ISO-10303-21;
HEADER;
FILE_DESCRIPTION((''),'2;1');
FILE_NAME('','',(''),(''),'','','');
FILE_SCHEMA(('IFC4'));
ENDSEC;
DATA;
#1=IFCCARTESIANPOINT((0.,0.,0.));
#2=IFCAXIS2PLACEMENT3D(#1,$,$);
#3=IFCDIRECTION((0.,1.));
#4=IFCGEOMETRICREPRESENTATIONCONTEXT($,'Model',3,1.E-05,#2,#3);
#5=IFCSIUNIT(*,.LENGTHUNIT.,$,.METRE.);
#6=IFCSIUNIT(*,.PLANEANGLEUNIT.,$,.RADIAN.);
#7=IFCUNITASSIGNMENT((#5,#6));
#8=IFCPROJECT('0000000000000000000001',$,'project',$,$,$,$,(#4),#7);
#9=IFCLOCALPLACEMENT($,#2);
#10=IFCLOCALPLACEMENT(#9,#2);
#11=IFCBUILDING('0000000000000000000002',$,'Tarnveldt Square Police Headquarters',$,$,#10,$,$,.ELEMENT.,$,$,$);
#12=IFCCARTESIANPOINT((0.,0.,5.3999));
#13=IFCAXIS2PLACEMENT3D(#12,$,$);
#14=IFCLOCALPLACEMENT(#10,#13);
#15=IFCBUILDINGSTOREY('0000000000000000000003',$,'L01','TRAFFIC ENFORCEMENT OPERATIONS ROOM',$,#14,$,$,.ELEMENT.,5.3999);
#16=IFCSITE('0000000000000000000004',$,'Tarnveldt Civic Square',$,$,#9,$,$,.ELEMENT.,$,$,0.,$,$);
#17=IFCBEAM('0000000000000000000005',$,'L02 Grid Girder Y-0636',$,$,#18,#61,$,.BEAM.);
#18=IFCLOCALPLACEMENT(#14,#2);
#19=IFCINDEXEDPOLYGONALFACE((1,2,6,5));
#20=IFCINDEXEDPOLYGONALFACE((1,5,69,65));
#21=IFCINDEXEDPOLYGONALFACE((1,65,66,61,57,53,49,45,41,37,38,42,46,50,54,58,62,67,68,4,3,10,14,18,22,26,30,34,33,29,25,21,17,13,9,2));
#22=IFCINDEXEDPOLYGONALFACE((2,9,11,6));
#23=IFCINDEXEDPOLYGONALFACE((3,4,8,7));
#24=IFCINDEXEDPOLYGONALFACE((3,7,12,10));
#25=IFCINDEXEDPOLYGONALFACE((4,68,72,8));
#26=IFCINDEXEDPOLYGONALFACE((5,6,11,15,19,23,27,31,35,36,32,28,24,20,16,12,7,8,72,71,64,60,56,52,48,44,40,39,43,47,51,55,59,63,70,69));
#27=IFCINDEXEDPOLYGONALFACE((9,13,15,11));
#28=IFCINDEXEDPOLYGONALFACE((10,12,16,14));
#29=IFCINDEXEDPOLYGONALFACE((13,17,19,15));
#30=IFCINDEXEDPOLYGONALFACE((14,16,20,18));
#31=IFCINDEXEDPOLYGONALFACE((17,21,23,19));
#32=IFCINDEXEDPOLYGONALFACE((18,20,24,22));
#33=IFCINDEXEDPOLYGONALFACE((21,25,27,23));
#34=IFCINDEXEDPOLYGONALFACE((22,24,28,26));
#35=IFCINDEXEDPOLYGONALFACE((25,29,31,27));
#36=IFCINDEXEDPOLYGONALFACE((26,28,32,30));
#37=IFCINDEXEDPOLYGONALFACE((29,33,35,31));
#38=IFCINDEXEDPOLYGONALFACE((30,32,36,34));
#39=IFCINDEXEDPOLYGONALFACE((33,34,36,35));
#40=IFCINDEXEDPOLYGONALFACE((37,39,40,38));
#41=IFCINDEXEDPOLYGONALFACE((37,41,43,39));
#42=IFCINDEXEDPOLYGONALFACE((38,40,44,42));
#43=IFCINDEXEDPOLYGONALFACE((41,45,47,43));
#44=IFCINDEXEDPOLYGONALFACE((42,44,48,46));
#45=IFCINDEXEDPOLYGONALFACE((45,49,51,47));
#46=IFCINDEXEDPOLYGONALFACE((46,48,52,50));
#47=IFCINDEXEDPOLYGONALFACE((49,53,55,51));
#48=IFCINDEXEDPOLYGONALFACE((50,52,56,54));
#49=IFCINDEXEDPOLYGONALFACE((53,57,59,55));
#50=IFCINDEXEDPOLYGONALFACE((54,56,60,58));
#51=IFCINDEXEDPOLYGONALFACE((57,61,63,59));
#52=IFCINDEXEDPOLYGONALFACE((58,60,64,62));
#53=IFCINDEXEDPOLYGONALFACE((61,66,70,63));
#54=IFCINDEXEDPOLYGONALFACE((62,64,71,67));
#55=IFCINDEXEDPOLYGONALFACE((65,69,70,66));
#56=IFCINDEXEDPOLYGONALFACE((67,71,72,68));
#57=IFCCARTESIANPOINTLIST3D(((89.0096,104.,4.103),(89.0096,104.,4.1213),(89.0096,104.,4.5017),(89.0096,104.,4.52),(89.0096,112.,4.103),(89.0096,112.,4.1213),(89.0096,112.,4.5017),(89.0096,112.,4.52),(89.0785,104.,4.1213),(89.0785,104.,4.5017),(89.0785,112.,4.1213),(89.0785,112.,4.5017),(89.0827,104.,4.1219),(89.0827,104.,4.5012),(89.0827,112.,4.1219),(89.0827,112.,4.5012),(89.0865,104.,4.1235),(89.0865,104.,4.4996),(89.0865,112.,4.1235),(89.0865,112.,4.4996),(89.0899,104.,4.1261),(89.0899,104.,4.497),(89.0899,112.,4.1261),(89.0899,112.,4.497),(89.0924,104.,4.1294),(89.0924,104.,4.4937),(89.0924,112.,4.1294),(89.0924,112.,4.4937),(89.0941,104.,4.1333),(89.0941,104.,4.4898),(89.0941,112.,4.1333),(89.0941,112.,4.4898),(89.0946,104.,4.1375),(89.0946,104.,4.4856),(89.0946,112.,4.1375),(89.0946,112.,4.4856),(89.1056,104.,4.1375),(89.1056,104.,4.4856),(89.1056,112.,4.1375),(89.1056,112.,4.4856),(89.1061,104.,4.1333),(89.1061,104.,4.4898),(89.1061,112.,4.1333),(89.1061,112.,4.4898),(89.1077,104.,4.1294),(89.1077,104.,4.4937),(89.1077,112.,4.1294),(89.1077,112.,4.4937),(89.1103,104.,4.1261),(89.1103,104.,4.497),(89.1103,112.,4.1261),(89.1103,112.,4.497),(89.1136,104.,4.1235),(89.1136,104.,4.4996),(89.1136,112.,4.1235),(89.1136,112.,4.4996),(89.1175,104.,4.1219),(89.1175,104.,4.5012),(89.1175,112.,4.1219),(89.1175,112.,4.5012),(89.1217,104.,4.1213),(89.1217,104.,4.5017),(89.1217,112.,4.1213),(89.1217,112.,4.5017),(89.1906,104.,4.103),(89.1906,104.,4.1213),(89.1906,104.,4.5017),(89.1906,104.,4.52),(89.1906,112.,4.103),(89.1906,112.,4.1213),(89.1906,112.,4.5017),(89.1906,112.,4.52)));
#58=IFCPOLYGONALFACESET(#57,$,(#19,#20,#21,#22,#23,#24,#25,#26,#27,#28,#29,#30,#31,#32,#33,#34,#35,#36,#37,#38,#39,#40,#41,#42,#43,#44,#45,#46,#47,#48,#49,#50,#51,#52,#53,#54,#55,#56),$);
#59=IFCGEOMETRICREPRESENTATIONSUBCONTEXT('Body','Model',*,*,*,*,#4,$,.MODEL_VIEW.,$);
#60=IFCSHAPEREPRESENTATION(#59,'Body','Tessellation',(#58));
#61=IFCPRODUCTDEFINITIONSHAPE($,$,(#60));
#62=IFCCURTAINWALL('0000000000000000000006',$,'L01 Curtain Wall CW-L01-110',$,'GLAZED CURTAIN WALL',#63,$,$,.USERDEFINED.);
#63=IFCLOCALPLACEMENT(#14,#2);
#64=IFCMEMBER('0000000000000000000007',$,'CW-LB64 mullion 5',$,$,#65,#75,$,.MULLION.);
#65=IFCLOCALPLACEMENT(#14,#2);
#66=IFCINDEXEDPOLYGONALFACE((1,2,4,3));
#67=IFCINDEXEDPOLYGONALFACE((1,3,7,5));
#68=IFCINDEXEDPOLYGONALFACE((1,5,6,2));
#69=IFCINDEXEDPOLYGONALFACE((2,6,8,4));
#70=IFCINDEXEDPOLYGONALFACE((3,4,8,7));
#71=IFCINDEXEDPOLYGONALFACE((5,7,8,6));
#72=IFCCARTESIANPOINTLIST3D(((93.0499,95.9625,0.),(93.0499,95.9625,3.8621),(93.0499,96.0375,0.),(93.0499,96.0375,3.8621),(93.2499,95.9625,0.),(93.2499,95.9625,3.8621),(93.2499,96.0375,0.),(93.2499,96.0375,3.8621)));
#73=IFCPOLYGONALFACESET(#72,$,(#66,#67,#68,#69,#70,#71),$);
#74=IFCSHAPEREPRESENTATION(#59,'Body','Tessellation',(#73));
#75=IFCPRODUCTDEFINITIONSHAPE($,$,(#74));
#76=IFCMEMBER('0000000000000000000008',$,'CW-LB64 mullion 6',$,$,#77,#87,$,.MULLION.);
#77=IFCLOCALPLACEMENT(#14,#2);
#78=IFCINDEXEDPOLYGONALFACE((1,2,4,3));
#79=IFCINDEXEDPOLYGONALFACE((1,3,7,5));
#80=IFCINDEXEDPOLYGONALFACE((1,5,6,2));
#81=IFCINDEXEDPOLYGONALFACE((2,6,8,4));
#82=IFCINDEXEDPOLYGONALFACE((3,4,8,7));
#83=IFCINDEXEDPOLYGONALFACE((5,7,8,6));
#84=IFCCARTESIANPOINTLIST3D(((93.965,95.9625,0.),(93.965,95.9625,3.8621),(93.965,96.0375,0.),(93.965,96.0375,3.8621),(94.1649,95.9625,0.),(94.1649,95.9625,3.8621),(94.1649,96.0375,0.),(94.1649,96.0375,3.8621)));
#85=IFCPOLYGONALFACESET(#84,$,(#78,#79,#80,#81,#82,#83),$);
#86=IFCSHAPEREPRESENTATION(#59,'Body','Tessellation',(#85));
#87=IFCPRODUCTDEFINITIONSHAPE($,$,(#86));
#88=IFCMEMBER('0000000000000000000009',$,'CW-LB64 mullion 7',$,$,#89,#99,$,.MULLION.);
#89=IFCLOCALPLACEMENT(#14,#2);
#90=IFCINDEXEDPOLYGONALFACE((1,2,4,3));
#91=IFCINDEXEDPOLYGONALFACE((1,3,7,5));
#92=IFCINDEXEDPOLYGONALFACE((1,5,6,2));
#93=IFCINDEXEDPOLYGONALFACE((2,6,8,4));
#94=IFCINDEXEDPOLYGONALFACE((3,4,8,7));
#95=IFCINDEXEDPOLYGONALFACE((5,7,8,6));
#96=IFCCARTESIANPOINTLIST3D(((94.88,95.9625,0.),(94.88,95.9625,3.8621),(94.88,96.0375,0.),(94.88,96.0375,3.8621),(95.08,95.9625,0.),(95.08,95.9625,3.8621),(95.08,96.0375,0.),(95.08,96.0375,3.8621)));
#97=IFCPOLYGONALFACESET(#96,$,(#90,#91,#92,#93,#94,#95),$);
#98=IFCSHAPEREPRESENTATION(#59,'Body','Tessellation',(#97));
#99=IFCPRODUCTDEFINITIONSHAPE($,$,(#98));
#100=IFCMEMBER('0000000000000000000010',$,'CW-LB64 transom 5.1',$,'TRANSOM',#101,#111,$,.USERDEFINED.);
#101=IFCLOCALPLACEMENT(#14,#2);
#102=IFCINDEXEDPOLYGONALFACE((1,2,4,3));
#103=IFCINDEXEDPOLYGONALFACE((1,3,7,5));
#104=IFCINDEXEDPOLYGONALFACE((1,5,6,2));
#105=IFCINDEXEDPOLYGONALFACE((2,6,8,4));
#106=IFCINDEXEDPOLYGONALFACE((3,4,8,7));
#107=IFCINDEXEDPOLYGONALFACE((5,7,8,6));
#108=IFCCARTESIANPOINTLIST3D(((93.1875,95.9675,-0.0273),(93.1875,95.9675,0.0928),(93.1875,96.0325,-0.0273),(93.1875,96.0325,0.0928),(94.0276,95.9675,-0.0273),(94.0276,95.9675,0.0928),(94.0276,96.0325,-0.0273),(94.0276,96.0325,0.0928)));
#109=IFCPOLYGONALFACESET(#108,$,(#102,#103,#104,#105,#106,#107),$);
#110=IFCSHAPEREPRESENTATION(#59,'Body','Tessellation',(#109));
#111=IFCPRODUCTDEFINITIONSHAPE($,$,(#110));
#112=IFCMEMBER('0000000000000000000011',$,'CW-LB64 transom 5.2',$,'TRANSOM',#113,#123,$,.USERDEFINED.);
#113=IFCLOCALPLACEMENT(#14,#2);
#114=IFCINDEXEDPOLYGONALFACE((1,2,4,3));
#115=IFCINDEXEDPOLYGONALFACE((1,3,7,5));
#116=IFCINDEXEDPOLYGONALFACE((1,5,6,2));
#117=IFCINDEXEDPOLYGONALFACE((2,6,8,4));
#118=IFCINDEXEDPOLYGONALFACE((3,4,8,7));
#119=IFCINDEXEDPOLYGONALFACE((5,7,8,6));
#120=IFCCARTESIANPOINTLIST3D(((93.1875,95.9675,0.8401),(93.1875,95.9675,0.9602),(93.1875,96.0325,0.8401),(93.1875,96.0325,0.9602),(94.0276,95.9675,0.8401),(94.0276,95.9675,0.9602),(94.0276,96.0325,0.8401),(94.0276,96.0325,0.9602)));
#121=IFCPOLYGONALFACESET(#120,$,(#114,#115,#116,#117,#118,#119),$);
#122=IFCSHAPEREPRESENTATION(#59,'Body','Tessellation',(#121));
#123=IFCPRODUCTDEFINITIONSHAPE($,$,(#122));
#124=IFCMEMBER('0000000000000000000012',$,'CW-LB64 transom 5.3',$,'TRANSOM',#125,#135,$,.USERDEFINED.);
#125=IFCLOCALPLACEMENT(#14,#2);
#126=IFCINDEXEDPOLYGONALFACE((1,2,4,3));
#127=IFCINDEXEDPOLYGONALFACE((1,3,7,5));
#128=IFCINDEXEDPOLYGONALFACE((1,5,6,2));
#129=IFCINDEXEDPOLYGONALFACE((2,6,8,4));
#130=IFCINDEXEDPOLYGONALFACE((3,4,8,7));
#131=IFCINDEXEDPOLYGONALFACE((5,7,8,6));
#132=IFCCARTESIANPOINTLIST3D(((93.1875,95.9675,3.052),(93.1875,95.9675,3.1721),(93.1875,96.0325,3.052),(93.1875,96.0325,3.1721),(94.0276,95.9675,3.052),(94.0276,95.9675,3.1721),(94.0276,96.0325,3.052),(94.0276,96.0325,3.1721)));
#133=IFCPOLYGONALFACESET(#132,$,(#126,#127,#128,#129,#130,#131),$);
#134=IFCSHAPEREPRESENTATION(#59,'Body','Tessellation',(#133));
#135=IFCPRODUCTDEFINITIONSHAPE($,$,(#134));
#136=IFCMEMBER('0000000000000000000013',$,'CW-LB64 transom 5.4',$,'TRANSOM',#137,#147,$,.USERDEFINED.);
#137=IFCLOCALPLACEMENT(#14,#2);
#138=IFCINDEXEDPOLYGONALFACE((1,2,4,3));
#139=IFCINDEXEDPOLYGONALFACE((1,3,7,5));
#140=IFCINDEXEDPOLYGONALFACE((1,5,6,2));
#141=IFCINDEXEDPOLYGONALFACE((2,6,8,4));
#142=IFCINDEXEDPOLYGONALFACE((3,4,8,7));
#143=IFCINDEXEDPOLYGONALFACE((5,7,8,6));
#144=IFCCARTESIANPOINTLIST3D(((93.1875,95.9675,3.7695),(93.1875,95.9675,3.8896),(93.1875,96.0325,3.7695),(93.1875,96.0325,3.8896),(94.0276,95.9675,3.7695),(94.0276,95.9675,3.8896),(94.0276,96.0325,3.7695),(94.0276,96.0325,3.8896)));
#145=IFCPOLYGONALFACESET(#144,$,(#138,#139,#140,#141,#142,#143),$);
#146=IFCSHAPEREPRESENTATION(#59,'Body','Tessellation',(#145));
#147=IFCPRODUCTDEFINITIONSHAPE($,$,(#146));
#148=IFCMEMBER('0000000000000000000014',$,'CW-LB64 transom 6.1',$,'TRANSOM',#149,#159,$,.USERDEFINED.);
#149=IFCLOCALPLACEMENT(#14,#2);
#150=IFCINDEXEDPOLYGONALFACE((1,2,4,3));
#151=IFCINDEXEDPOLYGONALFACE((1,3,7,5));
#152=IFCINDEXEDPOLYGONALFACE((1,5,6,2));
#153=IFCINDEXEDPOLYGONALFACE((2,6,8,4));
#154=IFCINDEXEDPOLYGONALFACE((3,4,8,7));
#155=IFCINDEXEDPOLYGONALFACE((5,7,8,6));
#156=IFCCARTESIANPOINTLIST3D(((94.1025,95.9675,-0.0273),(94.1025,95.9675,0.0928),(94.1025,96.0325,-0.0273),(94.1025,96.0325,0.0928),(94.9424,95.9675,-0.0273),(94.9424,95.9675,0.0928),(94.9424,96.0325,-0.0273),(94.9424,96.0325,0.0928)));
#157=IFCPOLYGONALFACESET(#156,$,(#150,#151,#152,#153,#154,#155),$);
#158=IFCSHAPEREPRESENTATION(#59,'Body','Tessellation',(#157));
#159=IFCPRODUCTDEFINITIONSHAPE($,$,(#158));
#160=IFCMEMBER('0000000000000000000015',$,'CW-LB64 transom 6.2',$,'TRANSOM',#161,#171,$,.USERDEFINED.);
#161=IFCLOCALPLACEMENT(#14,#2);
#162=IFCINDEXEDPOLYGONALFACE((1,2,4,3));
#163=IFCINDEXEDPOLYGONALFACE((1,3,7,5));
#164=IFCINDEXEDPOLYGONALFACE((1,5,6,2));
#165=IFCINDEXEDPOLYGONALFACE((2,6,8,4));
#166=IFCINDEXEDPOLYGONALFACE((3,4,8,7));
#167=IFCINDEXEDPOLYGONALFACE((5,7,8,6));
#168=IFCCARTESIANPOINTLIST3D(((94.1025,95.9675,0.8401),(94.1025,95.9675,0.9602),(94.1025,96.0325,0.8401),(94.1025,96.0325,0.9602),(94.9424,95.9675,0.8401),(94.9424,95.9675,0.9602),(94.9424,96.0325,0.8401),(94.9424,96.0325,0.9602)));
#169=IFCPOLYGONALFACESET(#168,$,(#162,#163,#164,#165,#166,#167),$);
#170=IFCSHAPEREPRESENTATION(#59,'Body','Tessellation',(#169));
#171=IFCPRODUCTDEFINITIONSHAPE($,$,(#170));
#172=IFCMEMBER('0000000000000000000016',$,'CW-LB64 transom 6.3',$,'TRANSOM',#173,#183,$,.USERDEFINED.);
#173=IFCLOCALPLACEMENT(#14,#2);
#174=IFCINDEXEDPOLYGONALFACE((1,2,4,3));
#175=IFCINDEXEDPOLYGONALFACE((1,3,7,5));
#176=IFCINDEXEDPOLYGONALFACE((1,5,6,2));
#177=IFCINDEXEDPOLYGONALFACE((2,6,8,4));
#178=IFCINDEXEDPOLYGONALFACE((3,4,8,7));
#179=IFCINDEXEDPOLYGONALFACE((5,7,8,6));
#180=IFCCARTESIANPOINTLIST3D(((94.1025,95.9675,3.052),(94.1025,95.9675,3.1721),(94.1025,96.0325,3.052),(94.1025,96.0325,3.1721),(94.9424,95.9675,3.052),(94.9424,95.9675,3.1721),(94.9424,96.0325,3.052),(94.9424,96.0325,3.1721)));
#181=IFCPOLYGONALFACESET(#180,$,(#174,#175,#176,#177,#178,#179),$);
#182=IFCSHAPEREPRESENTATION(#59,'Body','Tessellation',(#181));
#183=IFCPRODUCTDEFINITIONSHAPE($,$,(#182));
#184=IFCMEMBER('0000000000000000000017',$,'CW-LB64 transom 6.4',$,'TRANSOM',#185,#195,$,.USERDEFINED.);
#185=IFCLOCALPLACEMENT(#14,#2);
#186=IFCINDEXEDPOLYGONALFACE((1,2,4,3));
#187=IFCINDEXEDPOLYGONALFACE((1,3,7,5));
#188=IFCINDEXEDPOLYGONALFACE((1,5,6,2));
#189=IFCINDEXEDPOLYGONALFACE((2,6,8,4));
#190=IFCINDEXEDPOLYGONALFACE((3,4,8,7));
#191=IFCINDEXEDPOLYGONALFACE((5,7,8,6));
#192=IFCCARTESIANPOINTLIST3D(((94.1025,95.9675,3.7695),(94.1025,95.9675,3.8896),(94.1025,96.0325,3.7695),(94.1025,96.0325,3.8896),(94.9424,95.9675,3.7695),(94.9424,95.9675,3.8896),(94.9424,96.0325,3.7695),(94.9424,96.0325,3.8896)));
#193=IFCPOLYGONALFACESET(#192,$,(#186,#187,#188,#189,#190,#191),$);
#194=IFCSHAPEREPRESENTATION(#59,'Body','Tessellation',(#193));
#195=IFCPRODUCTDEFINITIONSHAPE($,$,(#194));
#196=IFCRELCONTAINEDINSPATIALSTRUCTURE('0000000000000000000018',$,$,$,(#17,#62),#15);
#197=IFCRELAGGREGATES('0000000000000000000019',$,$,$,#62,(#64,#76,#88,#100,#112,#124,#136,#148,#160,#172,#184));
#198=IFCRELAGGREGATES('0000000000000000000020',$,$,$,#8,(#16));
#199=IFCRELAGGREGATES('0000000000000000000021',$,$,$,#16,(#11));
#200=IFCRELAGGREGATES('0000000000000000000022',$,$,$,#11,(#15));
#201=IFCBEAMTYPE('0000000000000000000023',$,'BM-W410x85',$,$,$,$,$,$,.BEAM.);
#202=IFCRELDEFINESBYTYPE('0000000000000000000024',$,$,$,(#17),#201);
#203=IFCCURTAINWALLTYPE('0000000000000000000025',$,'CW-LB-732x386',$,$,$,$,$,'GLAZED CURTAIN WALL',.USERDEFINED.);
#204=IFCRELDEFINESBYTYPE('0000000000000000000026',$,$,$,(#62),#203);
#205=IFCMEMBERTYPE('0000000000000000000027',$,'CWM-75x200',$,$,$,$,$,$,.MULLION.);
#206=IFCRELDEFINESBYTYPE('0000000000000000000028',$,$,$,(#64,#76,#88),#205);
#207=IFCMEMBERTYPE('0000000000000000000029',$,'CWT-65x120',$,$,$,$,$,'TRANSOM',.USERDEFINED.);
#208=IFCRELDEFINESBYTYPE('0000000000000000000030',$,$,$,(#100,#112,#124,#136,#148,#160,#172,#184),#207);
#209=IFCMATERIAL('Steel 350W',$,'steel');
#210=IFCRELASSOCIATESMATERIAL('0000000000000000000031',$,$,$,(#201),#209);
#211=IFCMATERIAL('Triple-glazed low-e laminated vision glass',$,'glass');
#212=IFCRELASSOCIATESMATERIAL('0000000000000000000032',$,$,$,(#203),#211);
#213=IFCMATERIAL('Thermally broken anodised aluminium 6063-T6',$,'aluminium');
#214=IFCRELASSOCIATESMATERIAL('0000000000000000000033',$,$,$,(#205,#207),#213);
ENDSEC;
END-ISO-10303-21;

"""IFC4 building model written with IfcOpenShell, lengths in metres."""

from ifc_helpers import new_model, si_unit, direction, frame, origin, origin_2d, place, context, subcontext, project, spatial, rectangle, i_section, extrude, material, material_profile, profile_set, type_object, element, aggregate, save


model = new_model("IFC4")

# Units and contexts
model_context = context("Model", 3, precision=1e-05, world=origin(), true_north=direction((0.0, 1.0)))
body_context = subcontext(model_context, "Body", "Model", "MODEL_VIEW")
ifc_project = project(units=[si_unit("LENGTHUNIT", "METRE"), si_unit("PLANEANGLEUNIT", "RADIAN")], contexts=[model_context])

# Site, building, storey
site_placement = place(None, origin())
site = spatial("IfcSite", under=ifc_project, at=site_placement, Name="Tarnveldt Civic Square", CompositionType="ELEMENT", RefElevation=0.0)
building_placement = place(site_placement, origin())
building = spatial("IfcBuilding", under=site, at=building_placement, Name="Tarnveldt Square Police Headquarters", CompositionType="ELEMENT")
storey_placement = place(building_placement, frame((0.0, 0.0, 5.3999)))
storey = spatial("IfcBuildingStorey", under=building, at=storey_placement, Name="L01", Description="TRAFFIC ENFORCEMENT OPERATIONS ROOM", CompositionType="ELEMENT", Elevation=5.3999)

# Beam
ifc_material_1 = material(Name="Steel 350W", Category="steel")
ifc_material_profile_1 = material_profile(ifc_material_1, i_section(OverallWidth=0.1809, OverallDepth=0.417, WebThickness=0.011, FlangeThickness=0.0183, FilletRadius=0.0161, at=origin_2d()), Name="W410x85")
ifc_profile_set_1 = profile_set([ifc_material_profile_1], Name="Steel 350W")
beam_type_1 = type_object("IfcBeamType", Name="BM-W410x85", PredefinedType="BEAM", material=ifc_profile_set_1)
beam_1_placement = place(storey_placement, frame((89.1001, 104.0, 4.3115), z_axis=(0.0, 1.0, 0.0), x_axis=(-1.0, 0.0, 0.0)))
element("IfcBeam", 1, at=beam_1_placement, inside=storey, type_object=beam_type_1, Name="L02 Grid Girder Y-0636", PredefinedType="BEAM", context=body_context, shape_type="SweptSolid", body=[
    extrude(i_section(OverallWidth=0.1809, OverallDepth=0.417, WebThickness=0.011, FlangeThickness=0.0183, FilletRadius=0.0161, at=origin_2d()), origin(), (0.0, 0.0, 1.0), 8.0),
])

# Curtain wall, members
ifc_material_2 = material(Name="Triple-glazed low-e laminated vision glass", Category="glass")
curtain_wall_type = type_object("IfcCurtainWallType", Name="CW-LB-732x386", ElementType="GLAZED CURTAIN WALL", PredefinedType="USERDEFINED", material=ifc_material_2)
curtain_wall_placement = place(storey_placement, origin())
curtain_wall = element("IfcCurtainWall", 2, at=curtain_wall_placement, inside=storey, type_object=curtain_wall_type, Name="L01 Curtain Wall CW-L01-110", ObjectType="GLAZED CURTAIN WALL", PredefinedType="USERDEFINED")
ifc_material_3 = material(Name="Thermally broken anodised aluminium 6063-T6", Category="aluminium")
ifc_material_profile_2 = material_profile(ifc_material_3, rectangle(XDim=0.075, YDim=0.2, at=origin_2d()), Name="CW-M75x200")
ifc_profile_set_2 = profile_set([ifc_material_profile_2], Name="Thermally broken anodised aluminium 6063-T6")
member_type_1 = type_object("IfcMemberType", Name="CWM-75x200", PredefinedType="MULLION", material=ifc_profile_set_2)
member_1_placement = place(storey_placement, frame((93.1499, 96.0, 0.0), z_axis=(0.0, 0.0, 1.0), x_axis=(0.0, 1.0, 0.0)))
member_1 = element("IfcMember", 3, at=member_1_placement, type_object=member_type_1, Name="CW-LB64 mullion 5", PredefinedType="MULLION", context=body_context, shape_type="SweptSolid", body=[
    extrude(rectangle(XDim=0.075, YDim=0.2, at=origin_2d()), origin(), (0.0, 0.0, 1.0), 3.8621),
])
member_2_placement = place(storey_placement, frame((94.0649, 96.0, 0.0), z_axis=(0.0, 0.0, 1.0), x_axis=(0.0, 1.0, 0.0)))
member_2 = element("IfcMember", 4, at=member_2_placement, type_object=member_type_1, Name="CW-LB64 mullion 6", PredefinedType="MULLION", context=body_context, shape_type="SweptSolid", body=[
    extrude(rectangle(XDim=0.075, YDim=0.2, at=origin_2d()), origin(), (0.0, 0.0, 1.0), 3.8621),
])
member_3_placement = place(storey_placement, frame((94.98, 96.0, 0.0), z_axis=(0.0, 0.0, 1.0), x_axis=(0.0, 1.0, 0.0)))
member_3 = element("IfcMember", 5, at=member_3_placement, type_object=member_type_1, Name="CW-LB64 mullion 7", PredefinedType="MULLION", context=body_context, shape_type="SweptSolid", body=[
    extrude(rectangle(XDim=0.075, YDim=0.2, at=origin_2d()), origin(), (0.0, 0.0, 1.0), 3.8621),
])
ifc_material_profile_3 = material_profile(ifc_material_3, rectangle(XDim=0.0649, YDim=0.1201, at=origin_2d()), Name="CW-T65x120")
ifc_profile_set_3 = profile_set([ifc_material_profile_3], Name="Thermally broken anodised aluminium 6063-T6")
member_type_2 = type_object("IfcMemberType", Name="CWT-65x120", ElementType="TRANSOM", PredefinedType="USERDEFINED", material=ifc_profile_set_3)
member_4_placement = place(storey_placement, frame((93.1875, 96.0, 0.0327), z_axis=(1.0, 0.0, 0.0), x_axis=(0.0, 1.0, 0.0)))
member_4 = element("IfcMember", 6, at=member_4_placement, type_object=member_type_2, Name="CW-LB64 transom 5.1", ObjectType="TRANSOM", PredefinedType="USERDEFINED", context=body_context, shape_type="SweptSolid", body=[
    extrude(rectangle(XDim=0.0649, YDim=0.1201, at=origin_2d()), origin(), (0.0, 0.0, 1.0), 0.8401),
])
member_5_placement = place(storey_placement, frame((93.1875, 96.0, 0.9001), z_axis=(1.0, 0.0, 0.0), x_axis=(0.0, 1.0, 0.0)))
member_5 = element("IfcMember", 7, at=member_5_placement, type_object=member_type_2, Name="CW-LB64 transom 5.2", ObjectType="TRANSOM", PredefinedType="USERDEFINED", context=body_context, shape_type="SweptSolid", body=[
    extrude(rectangle(XDim=0.0649, YDim=0.1201, at=origin_2d()), origin(), (0.0, 0.0, 1.0), 0.8401),
])
member_6_placement = place(storey_placement, frame((93.1875, 96.0, 3.1121), z_axis=(1.0, 0.0, 0.0), x_axis=(0.0, 1.0, 0.0)))
member_6 = element("IfcMember", 8, at=member_6_placement, type_object=member_type_2, Name="CW-LB64 transom 5.3", ObjectType="TRANSOM", PredefinedType="USERDEFINED", context=body_context, shape_type="SweptSolid", body=[
    extrude(rectangle(XDim=0.0649, YDim=0.1201, at=origin_2d()), origin(), (0.0, 0.0, 1.0), 0.8401),
])
member_7_placement = place(storey_placement, frame((93.1875, 96.0, 3.8296), z_axis=(1.0, 0.0, 0.0), x_axis=(0.0, 1.0, 0.0)))
member_7 = element("IfcMember", 9, at=member_7_placement, type_object=member_type_2, Name="CW-LB64 transom 5.4", ObjectType="TRANSOM", PredefinedType="USERDEFINED", context=body_context, shape_type="SweptSolid", body=[
    extrude(rectangle(XDim=0.0649, YDim=0.1201, at=origin_2d()), origin(), (0.0, 0.0, 1.0), 0.8401),
])
member_8_placement = place(storey_placement, frame((94.1025, 96.0, 0.0327), z_axis=(1.0, 0.0, 0.0), x_axis=(0.0, 1.0, 0.0)))
member_8 = element("IfcMember", 10, at=member_8_placement, type_object=member_type_2, Name="CW-LB64 transom 6.1", ObjectType="TRANSOM", PredefinedType="USERDEFINED", context=body_context, shape_type="SweptSolid", body=[
    extrude(rectangle(XDim=0.0649, YDim=0.1201, at=origin_2d()), origin(), (0.0, 0.0, 1.0), 0.8398),
])
member_9_placement = place(storey_placement, frame((94.1025, 96.0, 0.9001), z_axis=(1.0, 0.0, 0.0), x_axis=(0.0, 1.0, 0.0)))
member_9 = element("IfcMember", 11, at=member_9_placement, type_object=member_type_2, Name="CW-LB64 transom 6.2", ObjectType="TRANSOM", PredefinedType="USERDEFINED", context=body_context, shape_type="SweptSolid", body=[
    extrude(rectangle(XDim=0.0649, YDim=0.1201, at=origin_2d()), origin(), (0.0, 0.0, 1.0), 0.8398),
])
member_10_placement = place(storey_placement, frame((94.1025, 96.0, 3.1121), z_axis=(1.0, 0.0, 0.0), x_axis=(0.0, 1.0, 0.0)))
member_10 = element("IfcMember", 12, at=member_10_placement, type_object=member_type_2, Name="CW-LB64 transom 6.3", ObjectType="TRANSOM", PredefinedType="USERDEFINED", context=body_context, shape_type="SweptSolid", body=[
    extrude(rectangle(XDim=0.0649, YDim=0.1201, at=origin_2d()), origin(), (0.0, 0.0, 1.0), 0.8398),
])
member_11_placement = place(storey_placement, frame((94.1025, 96.0, 3.8296), z_axis=(1.0, 0.0, 0.0), x_axis=(0.0, 1.0, 0.0)))
member_11 = element("IfcMember", 13, at=member_11_placement, type_object=member_type_2, Name="CW-LB64 transom 6.4", ObjectType="TRANSOM", PredefinedType="USERDEFINED", context=body_context, shape_type="SweptSolid", body=[
    extrude(rectangle(XDim=0.0649, YDim=0.1201, at=origin_2d()), origin(), (0.0, 0.0, 1.0), 0.8398),
])
aggregate(curtain_wall, [member_1, member_2, member_3, member_4, member_5, member_6, member_7, member_8, member_9, member_10, member_11])

save(model, "model.ifc")
